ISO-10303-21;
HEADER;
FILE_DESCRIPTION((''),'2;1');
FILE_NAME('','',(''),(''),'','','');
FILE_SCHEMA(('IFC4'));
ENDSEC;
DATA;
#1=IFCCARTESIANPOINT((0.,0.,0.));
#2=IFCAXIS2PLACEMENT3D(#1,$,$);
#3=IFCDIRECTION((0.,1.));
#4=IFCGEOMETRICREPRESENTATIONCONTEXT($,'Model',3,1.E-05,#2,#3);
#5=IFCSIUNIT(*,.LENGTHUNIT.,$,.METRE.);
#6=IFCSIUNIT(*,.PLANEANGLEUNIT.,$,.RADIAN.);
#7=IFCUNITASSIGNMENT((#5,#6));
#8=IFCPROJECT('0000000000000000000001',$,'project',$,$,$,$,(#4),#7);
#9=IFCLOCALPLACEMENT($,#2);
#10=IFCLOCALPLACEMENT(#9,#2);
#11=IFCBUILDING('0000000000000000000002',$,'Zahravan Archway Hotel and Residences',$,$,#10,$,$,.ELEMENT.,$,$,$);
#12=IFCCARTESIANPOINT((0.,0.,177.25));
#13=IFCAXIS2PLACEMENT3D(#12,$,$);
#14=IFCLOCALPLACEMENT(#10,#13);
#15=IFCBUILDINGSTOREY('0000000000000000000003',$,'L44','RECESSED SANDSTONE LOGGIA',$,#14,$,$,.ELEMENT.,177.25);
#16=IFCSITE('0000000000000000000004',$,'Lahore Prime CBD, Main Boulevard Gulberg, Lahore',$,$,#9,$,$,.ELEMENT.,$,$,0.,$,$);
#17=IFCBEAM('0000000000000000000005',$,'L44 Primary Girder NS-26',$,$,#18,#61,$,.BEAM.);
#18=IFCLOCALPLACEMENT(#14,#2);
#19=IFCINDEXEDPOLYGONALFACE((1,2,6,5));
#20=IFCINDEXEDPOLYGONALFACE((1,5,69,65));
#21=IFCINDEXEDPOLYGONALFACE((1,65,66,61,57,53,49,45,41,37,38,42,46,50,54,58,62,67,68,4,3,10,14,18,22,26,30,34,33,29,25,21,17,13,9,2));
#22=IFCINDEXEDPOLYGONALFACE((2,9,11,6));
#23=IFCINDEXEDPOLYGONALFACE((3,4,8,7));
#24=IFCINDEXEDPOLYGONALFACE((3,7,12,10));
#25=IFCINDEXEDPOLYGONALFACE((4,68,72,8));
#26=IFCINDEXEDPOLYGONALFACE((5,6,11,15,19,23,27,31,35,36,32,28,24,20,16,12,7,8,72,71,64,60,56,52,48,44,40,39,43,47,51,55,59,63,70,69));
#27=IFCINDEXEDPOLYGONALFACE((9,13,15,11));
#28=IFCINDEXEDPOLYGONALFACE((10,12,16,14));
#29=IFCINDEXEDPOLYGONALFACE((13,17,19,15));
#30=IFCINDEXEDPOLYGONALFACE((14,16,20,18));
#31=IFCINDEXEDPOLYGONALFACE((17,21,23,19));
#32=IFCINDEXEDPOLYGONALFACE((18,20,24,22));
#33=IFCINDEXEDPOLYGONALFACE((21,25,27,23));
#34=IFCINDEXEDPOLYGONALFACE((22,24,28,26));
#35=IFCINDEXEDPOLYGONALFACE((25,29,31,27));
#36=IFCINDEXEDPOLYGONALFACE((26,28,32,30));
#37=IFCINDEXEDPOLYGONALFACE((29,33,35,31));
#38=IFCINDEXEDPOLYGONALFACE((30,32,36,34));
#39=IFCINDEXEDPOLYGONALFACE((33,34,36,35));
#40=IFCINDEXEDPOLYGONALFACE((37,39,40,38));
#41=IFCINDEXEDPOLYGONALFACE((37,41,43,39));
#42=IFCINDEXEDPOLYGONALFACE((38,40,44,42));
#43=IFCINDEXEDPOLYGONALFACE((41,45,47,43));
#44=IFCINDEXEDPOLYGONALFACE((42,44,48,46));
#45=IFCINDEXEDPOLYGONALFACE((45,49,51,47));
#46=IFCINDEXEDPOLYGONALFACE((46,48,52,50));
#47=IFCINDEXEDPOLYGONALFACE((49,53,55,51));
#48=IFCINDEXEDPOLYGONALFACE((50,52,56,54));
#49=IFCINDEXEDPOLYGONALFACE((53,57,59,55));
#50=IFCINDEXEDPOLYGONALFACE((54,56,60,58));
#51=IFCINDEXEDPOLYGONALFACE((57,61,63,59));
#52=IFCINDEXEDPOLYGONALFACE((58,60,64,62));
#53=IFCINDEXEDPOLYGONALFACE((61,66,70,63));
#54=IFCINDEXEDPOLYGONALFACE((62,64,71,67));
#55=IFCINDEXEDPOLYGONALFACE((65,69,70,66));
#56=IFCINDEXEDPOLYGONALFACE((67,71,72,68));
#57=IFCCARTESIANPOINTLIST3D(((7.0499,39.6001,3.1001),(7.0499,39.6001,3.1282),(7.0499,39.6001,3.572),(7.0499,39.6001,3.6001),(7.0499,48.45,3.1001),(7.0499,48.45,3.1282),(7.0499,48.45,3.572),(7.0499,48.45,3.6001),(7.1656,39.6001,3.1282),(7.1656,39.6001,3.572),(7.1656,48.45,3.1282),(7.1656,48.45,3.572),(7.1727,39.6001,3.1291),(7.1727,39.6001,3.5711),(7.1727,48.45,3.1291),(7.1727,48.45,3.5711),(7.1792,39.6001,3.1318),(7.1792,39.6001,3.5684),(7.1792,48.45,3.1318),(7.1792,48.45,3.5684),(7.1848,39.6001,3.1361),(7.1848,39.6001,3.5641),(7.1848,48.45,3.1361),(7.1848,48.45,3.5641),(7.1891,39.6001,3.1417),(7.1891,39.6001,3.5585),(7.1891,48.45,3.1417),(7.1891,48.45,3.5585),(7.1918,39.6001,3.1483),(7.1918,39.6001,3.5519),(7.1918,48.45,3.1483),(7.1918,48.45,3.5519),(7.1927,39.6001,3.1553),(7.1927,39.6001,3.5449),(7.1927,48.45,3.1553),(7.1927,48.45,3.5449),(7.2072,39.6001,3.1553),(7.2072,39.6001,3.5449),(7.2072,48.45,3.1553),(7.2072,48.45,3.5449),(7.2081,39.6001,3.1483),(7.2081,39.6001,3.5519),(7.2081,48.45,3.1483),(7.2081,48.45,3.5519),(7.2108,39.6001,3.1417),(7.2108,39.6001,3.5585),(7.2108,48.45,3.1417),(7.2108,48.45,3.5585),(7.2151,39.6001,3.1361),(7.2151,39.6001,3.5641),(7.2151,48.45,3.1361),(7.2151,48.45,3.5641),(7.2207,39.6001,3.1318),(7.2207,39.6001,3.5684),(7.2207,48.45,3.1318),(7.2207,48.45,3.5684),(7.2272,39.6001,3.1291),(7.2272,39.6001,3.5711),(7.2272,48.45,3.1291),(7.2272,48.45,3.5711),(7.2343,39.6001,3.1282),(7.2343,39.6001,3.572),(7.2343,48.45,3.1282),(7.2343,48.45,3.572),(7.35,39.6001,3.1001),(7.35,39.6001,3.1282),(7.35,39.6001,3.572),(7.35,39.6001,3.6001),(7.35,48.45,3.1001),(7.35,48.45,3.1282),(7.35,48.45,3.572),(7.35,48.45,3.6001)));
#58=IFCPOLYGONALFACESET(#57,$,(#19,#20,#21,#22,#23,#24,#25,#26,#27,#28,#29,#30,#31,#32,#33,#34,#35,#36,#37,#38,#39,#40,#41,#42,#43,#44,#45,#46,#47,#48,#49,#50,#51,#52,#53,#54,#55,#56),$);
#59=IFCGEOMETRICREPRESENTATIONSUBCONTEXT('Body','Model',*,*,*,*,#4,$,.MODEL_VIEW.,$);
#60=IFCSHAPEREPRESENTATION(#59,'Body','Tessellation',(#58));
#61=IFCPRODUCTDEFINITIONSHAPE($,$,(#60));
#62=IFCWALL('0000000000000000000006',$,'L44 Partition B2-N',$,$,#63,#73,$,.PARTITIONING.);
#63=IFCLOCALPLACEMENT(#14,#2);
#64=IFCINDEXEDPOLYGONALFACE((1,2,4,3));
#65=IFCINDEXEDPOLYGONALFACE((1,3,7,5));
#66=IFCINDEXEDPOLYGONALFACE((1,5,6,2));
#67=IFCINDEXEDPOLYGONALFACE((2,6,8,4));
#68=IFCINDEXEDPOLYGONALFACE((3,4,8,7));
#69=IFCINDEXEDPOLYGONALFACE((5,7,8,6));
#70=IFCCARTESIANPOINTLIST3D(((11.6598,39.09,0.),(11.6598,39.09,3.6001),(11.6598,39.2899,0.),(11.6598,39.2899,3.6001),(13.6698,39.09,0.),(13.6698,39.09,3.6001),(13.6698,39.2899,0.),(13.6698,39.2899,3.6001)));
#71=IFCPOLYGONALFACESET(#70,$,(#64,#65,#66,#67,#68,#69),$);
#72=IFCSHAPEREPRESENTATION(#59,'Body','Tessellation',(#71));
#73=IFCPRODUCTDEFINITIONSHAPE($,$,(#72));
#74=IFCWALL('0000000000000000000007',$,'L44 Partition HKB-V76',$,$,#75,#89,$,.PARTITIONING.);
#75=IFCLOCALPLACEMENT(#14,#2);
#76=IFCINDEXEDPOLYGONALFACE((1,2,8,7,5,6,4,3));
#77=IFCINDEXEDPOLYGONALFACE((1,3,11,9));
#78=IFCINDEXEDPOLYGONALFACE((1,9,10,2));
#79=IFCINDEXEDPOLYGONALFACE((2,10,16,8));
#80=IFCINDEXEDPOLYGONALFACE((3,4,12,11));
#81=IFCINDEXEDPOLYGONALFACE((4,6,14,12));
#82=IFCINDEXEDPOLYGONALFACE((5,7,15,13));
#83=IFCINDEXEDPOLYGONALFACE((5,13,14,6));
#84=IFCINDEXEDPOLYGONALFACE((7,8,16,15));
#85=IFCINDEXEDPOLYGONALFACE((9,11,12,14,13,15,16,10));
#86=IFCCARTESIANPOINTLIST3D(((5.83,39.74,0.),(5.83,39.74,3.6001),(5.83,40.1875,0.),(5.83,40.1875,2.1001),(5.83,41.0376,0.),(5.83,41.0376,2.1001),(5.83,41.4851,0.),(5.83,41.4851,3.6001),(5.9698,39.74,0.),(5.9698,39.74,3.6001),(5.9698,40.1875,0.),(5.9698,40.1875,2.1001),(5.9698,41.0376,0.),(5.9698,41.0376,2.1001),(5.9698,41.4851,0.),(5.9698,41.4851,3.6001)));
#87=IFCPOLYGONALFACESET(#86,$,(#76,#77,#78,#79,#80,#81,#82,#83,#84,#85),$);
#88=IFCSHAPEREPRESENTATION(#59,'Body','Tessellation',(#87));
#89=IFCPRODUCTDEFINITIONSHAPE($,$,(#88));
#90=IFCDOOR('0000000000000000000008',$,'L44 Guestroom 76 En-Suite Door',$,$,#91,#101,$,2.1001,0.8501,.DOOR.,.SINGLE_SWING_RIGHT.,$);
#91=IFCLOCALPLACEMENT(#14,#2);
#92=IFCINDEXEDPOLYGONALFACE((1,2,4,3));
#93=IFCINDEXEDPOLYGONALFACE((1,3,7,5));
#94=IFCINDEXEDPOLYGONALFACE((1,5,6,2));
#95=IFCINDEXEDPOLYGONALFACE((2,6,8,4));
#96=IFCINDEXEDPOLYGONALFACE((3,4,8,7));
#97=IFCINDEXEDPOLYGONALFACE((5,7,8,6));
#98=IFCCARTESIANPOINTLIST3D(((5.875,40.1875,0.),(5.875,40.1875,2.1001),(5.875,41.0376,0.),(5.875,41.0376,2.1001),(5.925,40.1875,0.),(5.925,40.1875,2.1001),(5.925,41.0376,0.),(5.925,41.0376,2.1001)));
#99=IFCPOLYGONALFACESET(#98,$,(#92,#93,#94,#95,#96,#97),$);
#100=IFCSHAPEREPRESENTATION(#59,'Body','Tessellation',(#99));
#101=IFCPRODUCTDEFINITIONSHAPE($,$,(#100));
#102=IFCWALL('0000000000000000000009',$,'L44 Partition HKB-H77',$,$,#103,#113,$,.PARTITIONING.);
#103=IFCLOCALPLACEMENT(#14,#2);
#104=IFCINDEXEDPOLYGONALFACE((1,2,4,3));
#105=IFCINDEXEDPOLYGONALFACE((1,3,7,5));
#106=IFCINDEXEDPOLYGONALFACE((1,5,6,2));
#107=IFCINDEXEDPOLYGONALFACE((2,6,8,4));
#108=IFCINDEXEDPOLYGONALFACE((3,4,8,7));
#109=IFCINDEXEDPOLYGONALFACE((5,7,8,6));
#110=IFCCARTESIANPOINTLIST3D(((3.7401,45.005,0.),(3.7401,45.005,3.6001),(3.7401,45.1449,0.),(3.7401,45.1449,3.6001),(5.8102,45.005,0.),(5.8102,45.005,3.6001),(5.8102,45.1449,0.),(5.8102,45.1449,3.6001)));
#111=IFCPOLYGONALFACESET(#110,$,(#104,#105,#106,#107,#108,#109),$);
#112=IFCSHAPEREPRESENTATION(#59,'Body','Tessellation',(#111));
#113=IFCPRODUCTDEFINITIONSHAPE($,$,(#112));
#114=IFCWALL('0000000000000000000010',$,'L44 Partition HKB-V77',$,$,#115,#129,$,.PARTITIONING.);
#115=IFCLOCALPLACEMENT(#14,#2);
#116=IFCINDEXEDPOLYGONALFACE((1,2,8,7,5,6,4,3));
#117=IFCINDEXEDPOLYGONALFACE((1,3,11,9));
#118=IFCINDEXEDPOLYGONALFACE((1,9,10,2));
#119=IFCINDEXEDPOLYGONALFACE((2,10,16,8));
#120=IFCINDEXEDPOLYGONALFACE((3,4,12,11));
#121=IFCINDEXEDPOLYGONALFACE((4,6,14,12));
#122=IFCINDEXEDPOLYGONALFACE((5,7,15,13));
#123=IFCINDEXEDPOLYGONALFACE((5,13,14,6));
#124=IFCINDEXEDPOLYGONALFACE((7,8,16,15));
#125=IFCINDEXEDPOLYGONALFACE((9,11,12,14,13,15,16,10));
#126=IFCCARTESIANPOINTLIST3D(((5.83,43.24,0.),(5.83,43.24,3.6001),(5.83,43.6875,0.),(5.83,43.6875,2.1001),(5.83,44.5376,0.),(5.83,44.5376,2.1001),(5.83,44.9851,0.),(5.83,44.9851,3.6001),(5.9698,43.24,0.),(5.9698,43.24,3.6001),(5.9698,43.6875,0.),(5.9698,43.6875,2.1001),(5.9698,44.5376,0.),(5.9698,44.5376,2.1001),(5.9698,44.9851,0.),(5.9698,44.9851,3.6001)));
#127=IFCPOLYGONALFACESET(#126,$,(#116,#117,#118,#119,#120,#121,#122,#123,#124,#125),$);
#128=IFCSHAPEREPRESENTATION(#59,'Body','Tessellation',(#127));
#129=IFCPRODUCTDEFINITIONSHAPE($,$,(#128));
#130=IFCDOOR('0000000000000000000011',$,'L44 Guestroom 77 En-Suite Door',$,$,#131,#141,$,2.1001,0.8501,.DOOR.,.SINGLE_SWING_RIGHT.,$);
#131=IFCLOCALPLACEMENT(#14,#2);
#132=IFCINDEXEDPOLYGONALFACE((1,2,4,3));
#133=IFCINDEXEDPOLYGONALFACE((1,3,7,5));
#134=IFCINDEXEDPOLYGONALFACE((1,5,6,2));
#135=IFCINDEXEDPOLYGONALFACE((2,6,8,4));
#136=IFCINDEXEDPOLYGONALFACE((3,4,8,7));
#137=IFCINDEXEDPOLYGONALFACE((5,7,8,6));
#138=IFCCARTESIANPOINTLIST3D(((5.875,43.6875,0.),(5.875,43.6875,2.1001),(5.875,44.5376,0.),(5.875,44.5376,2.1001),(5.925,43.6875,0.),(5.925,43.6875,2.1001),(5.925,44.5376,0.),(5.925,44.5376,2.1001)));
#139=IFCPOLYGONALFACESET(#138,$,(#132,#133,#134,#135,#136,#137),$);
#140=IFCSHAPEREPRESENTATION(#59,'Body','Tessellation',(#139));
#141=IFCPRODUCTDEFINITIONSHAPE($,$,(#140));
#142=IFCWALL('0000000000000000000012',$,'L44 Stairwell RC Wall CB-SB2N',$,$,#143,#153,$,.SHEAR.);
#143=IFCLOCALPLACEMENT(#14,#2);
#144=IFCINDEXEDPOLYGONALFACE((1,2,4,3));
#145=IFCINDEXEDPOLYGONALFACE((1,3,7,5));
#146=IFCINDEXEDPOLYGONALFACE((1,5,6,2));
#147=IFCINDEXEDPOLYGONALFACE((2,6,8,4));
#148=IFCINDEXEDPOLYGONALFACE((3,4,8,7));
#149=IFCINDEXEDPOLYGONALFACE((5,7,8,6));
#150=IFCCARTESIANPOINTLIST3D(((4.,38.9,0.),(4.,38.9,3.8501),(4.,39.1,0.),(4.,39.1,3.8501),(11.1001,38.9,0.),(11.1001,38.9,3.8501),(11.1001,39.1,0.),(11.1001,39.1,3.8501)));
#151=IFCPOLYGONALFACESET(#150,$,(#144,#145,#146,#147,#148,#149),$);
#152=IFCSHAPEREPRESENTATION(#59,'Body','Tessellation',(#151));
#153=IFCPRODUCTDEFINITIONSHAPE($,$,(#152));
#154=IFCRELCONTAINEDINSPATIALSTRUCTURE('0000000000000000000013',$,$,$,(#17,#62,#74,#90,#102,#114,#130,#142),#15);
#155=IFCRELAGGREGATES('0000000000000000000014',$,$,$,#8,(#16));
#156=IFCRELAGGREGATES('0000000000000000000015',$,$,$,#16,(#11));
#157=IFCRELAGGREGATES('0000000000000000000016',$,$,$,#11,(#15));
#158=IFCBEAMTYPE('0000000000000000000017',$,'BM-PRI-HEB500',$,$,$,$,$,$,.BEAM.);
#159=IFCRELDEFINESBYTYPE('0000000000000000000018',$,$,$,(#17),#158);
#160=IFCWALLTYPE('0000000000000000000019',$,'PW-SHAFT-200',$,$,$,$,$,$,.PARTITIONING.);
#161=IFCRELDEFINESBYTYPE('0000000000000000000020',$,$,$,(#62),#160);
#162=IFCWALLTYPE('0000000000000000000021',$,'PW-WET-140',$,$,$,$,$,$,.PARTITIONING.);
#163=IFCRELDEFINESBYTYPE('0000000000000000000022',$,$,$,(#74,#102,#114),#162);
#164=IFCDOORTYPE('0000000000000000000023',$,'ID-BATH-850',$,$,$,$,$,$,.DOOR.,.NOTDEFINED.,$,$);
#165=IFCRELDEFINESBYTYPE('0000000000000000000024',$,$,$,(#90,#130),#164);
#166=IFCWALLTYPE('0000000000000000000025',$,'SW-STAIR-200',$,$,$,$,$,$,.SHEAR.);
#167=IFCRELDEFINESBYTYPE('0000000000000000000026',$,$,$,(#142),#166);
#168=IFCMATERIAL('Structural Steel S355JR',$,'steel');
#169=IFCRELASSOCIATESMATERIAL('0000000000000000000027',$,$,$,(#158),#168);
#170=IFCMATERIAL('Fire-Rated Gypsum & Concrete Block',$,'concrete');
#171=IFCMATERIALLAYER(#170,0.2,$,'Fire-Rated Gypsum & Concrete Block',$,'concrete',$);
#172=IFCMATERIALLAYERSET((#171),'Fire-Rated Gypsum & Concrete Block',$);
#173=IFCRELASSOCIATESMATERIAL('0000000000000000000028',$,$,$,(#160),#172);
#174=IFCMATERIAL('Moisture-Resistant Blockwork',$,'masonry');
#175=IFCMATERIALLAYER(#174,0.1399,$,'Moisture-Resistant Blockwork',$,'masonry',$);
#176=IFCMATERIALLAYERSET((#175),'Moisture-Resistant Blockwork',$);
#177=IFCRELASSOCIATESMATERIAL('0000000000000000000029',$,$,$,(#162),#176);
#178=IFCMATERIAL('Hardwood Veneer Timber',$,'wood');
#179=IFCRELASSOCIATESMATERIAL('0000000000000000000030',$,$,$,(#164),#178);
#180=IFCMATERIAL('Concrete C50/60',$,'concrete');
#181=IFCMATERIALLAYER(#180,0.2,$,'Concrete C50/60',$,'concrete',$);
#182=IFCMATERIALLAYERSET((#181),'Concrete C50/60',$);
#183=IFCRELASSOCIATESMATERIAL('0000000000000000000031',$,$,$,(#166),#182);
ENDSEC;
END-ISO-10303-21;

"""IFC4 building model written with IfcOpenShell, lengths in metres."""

from ifc_helpers import new_model, si_unit, direction, frame, frame_2d, origin, origin_2d, place, context, subcontext, project, spatial, rectangle, i_section, extrude, source, transform, mapped, material, layer, layer_set, material_profile, profile_set, type_object, type_shapes, element, fill, save


model = new_model("IFC4")

# Units and contexts
model_context = context("Model", 3, precision=1e-05, world=origin(), true_north=direction((0.0, 1.0)))
body_context = subcontext(model_context, "Body", "Model", "MODEL_VIEW")
ifc_project = project(units=[si_unit("LENGTHUNIT", "METRE"), si_unit("PLANEANGLEUNIT", "RADIAN")], contexts=[model_context])

# Site, building, storey
site_placement = place(None, origin())
site = spatial("IfcSite", under=ifc_project, at=site_placement, Name="Lahore Prime CBD, Main Boulevard Gulberg, Lahore", CompositionType="ELEMENT", RefElevation=0.0)
building_placement = place(site_placement, origin())
building = spatial("IfcBuilding", under=site, at=building_placement, Name="Zahravan Archway Hotel and Residences", CompositionType="ELEMENT")
storey_placement = place(building_placement, frame((0.0, 0.0, 177.25)))
storey = spatial("IfcBuildingStorey", under=building, at=storey_placement, Name="L44", Description="RECESSED SANDSTONE LOGGIA", CompositionType="ELEMENT", Elevation=177.25)

# Beam
ifc_material_1 = material(Name="Structural Steel S355JR", Category="steel")
ifc_material_profile_1 = material_profile(ifc_material_1, i_section(OverallWidth=0.3, OverallDepth=0.5, WebThickness=0.0144, FlangeThickness=0.0281, FilletRadius=0.0271, at=origin_2d()), Name="HEB 500", Category="steel")
ifc_profile_set_1 = profile_set([ifc_material_profile_1], Name="Structural Steel S355JR")
beam_type_1 = type_object("IfcBeamType", Name="BM-PRI-HEB500", PredefinedType="BEAM", material=ifc_profile_set_1)
shared_shape_1 = source(origin(), body_context, "Body", "SweptSolid", [
    extrude(i_section(OverallWidth=0.3, OverallDepth=0.5, WebThickness=0.0144, FlangeThickness=0.0281, FilletRadius=0.0271, at=origin_2d()), origin(), (0.0, 0.0, 1.0), 8.8499),
])
beam_1_placement = place(storey_placement, frame((7.2, 39.6001, 3.3501), z_axis=(0.0, 1.0, 0.0), x_axis=(-1.0, 0.0, 0.0)))
element("IfcBeam", 1, at=beam_1_placement, inside=storey, type_object=beam_type_1, Name="L44 Primary Girder NS-26", PredefinedType="BEAM", context=body_context, shape_type="MappedRepresentation", body=[
    mapped(shared_shape_1, transform((0.0, 0.0, 0.0), scale=1.0)),
])

# Wall
ifc_material_2 = material(Name="Fire-Rated Gypsum & Concrete Block", Category="concrete")
ifc_layer_1 = layer(ifc_material_2, 0.2, Name="Fire-Rated Gypsum & Concrete Block", Category="concrete")
ifc_layer_set_1 = layer_set([ifc_layer_1], Name="Fire-Rated Gypsum & Concrete Block")
wall_type_1 = type_object("IfcWallType", Name="PW-SHAFT-200", PredefinedType="PARTITIONING", material=ifc_layer_set_1)
wall_1_placement = place(storey_placement, frame((11.6599, 39.1899, 0.0), z_axis=(0.0, 0.0, 1.0), x_axis=(1.0, 0.0, 0.0)))
element("IfcWall", 2, at=wall_1_placement, inside=storey, type_object=wall_type_1, Name="L44 Partition B2-N", PredefinedType="PARTITIONING", context=body_context, shape_type="SweptSolid", body=[
    extrude(rectangle(XDim=2.01, YDim=0.2, at=frame_2d((1.0049, 0.0))), origin(), (0.0, 0.0, 1.0), 3.6001),
])

# Wall, opening, door
ifc_material_3 = material(Name="Moisture-Resistant Blockwork", Category="masonry")
ifc_layer_2 = layer(ifc_material_3, 0.1399, Name="Moisture-Resistant Blockwork", Category="masonry")
ifc_layer_set_2 = layer_set([ifc_layer_2], Name="Moisture-Resistant Blockwork")
wall_type_2 = type_object("IfcWallType", Name="PW-WET-140", PredefinedType="PARTITIONING", material=ifc_layer_set_2)
wall_2_placement = place(storey_placement, frame((5.8999, 39.74, 0.0), z_axis=(0.0, 0.0, 1.0), x_axis=(0.0, 1.0, 0.0)))
wall_2 = element("IfcWall", 3, at=wall_2_placement, inside=storey, type_object=wall_type_2, Name="L44 Partition HKB-V76", PredefinedType="PARTITIONING", context=body_context, shape_type="SweptSolid", body=[
    extrude(rectangle(XDim=1.7451, YDim=0.1399, at=frame_2d((0.8726, 0.0))), origin(), (0.0, 0.0, 1.0), 3.6001),
])
opening_1_placement = place(wall_2_placement, frame((0.4475, 0.0, 0.0)))
opening_1 = element("IfcOpeningElement", 4, at=opening_1_placement, cuts=wall_2, PredefinedType="OPENING", context=body_context, shape_type="SweptSolid", body=[
    extrude(rectangle(XDim=0.8501, YDim=2.1001, at=frame_2d((0.425, 1.05))), frame((0.0, 0.0801, 0.0), z_axis=(0.0, -1.0, 0.0), x_axis=(1.0, 0.0, 0.0)), (0.0, 0.0, 1.0), 0.1599),
])
ifc_material_4 = material(Name="Hardwood Veneer Timber", Category="wood")
door_type = type_object("IfcDoorType", Name="ID-BATH-850", OperationType="NOTDEFINED", PredefinedType="DOOR", material=ifc_material_4)
shared_shape_2 = source(origin(), body_context, "Body", "SweptSolid", [
    extrude(rectangle(XDim=0.8501, YDim=2.1001, at=frame_2d((0.425, 1.05))), frame((0.0, 0.0249, 0.0), z_axis=(0.0, -1.0, 0.0), x_axis=(1.0, 0.0, 0.0)), (0.0, 0.0, 1.0), 0.05),
])
type_shapes(door_type, [shared_shape_2])
door_1_placement = place(opening_1_placement, origin())
door_1 = element("IfcDoor", 5, at=door_1_placement, inside=storey, type_object=door_type, Name="L44 Guestroom 76 En-Suite Door", OperationType="SINGLE_SWING_RIGHT", OverallHeight=2.1001, OverallWidth=0.8501, PredefinedType="DOOR", context=body_context, shape_type="MappedRepresentation", body=[
    mapped(shared_shape_2, transform((0.0, 0.0, 0.0), scale=1.0)),
])
fill(opening_1, door_1)

# Wall
wall_3_placement = place(storey_placement, frame((3.74, 45.075, 0.0), z_axis=(0.0, 0.0, 1.0), x_axis=(1.0, 0.0, 0.0)))
element("IfcWall", 6, at=wall_3_placement, inside=storey, type_object=wall_type_2, Name="L44 Partition HKB-H77", PredefinedType="PARTITIONING", context=body_context, shape_type="SweptSolid", body=[
    extrude(rectangle(XDim=2.0701, YDim=0.1399, at=frame_2d((1.0352, 0.0))), origin(), (0.0, 0.0, 1.0), 3.6001),
])

# Wall, opening, door
wall_4_placement = place(storey_placement, frame((5.8999, 43.24, 0.0), z_axis=(0.0, 0.0, 1.0), x_axis=(0.0, 1.0, 0.0)))
wall_4 = element("IfcWall", 7, at=wall_4_placement, inside=storey, type_object=wall_type_2, Name="L44 Partition HKB-V77", PredefinedType="PARTITIONING", context=body_context, shape_type="SweptSolid", body=[
    extrude(rectangle(XDim=1.7451, YDim=0.1399, at=frame_2d((0.8726, 0.0))), origin(), (0.0, 0.0, 1.0), 3.6001),
])
opening_2_placement = place(wall_4_placement, frame((0.4475, 0.0, 0.0)))
opening_2 = element("IfcOpeningElement", 8, at=opening_2_placement, cuts=wall_4, PredefinedType="OPENING", context=body_context, shape_type="SweptSolid", body=[
    extrude(rectangle(XDim=0.8501, YDim=2.1001, at=frame_2d((0.425, 1.05))), frame((0.0, 0.0801, 0.0), z_axis=(0.0, -1.0, 0.0), x_axis=(1.0, 0.0, 0.0)), (0.0, 0.0, 1.0), 0.1599),
])
door_2_placement = place(opening_2_placement, origin())
door_2 = element("IfcDoor", 9, at=door_2_placement, inside=storey, type_object=door_type, Name="L44 Guestroom 77 En-Suite Door", OperationType="SINGLE_SWING_RIGHT", OverallHeight=2.1001, OverallWidth=0.8501, PredefinedType="DOOR", context=body_context, shape_type="MappedRepresentation", body=[
    mapped(shared_shape_2, transform((0.0, 0.0, 0.0), scale=1.0)),
])
fill(opening_2, door_2)

# Wall
ifc_material_5 = material(Name="Concrete C50/60", Category="concrete")
ifc_layer_3 = layer(ifc_material_5, 0.2, Name="Concrete C50/60", Category="concrete")
ifc_layer_set_3 = layer_set([ifc_layer_3], Name="Concrete C50/60")
wall_type_3 = type_object("IfcWallType", Name="SW-STAIR-200", PredefinedType="SHEAR", material=ifc_layer_set_3)
wall_5_placement = place(storey_placement, frame((4.0, 39.0, 0.0), z_axis=(0.0, 0.0, 1.0), x_axis=(1.0, 0.0, 0.0)))
element("IfcWall", 10, at=wall_5_placement, inside=storey, type_object=wall_type_3, Name="L44 Stairwell RC Wall CB-SB2N", PredefinedType="SHEAR", context=body_context, shape_type="SweptSolid", body=[
    extrude(rectangle(XDim=7.1001, YDim=0.2, at=frame_2d((3.55, 0.0))), origin(), (0.0, 0.0, 1.0), 3.8501),
])

save(model, "model.ifc")
